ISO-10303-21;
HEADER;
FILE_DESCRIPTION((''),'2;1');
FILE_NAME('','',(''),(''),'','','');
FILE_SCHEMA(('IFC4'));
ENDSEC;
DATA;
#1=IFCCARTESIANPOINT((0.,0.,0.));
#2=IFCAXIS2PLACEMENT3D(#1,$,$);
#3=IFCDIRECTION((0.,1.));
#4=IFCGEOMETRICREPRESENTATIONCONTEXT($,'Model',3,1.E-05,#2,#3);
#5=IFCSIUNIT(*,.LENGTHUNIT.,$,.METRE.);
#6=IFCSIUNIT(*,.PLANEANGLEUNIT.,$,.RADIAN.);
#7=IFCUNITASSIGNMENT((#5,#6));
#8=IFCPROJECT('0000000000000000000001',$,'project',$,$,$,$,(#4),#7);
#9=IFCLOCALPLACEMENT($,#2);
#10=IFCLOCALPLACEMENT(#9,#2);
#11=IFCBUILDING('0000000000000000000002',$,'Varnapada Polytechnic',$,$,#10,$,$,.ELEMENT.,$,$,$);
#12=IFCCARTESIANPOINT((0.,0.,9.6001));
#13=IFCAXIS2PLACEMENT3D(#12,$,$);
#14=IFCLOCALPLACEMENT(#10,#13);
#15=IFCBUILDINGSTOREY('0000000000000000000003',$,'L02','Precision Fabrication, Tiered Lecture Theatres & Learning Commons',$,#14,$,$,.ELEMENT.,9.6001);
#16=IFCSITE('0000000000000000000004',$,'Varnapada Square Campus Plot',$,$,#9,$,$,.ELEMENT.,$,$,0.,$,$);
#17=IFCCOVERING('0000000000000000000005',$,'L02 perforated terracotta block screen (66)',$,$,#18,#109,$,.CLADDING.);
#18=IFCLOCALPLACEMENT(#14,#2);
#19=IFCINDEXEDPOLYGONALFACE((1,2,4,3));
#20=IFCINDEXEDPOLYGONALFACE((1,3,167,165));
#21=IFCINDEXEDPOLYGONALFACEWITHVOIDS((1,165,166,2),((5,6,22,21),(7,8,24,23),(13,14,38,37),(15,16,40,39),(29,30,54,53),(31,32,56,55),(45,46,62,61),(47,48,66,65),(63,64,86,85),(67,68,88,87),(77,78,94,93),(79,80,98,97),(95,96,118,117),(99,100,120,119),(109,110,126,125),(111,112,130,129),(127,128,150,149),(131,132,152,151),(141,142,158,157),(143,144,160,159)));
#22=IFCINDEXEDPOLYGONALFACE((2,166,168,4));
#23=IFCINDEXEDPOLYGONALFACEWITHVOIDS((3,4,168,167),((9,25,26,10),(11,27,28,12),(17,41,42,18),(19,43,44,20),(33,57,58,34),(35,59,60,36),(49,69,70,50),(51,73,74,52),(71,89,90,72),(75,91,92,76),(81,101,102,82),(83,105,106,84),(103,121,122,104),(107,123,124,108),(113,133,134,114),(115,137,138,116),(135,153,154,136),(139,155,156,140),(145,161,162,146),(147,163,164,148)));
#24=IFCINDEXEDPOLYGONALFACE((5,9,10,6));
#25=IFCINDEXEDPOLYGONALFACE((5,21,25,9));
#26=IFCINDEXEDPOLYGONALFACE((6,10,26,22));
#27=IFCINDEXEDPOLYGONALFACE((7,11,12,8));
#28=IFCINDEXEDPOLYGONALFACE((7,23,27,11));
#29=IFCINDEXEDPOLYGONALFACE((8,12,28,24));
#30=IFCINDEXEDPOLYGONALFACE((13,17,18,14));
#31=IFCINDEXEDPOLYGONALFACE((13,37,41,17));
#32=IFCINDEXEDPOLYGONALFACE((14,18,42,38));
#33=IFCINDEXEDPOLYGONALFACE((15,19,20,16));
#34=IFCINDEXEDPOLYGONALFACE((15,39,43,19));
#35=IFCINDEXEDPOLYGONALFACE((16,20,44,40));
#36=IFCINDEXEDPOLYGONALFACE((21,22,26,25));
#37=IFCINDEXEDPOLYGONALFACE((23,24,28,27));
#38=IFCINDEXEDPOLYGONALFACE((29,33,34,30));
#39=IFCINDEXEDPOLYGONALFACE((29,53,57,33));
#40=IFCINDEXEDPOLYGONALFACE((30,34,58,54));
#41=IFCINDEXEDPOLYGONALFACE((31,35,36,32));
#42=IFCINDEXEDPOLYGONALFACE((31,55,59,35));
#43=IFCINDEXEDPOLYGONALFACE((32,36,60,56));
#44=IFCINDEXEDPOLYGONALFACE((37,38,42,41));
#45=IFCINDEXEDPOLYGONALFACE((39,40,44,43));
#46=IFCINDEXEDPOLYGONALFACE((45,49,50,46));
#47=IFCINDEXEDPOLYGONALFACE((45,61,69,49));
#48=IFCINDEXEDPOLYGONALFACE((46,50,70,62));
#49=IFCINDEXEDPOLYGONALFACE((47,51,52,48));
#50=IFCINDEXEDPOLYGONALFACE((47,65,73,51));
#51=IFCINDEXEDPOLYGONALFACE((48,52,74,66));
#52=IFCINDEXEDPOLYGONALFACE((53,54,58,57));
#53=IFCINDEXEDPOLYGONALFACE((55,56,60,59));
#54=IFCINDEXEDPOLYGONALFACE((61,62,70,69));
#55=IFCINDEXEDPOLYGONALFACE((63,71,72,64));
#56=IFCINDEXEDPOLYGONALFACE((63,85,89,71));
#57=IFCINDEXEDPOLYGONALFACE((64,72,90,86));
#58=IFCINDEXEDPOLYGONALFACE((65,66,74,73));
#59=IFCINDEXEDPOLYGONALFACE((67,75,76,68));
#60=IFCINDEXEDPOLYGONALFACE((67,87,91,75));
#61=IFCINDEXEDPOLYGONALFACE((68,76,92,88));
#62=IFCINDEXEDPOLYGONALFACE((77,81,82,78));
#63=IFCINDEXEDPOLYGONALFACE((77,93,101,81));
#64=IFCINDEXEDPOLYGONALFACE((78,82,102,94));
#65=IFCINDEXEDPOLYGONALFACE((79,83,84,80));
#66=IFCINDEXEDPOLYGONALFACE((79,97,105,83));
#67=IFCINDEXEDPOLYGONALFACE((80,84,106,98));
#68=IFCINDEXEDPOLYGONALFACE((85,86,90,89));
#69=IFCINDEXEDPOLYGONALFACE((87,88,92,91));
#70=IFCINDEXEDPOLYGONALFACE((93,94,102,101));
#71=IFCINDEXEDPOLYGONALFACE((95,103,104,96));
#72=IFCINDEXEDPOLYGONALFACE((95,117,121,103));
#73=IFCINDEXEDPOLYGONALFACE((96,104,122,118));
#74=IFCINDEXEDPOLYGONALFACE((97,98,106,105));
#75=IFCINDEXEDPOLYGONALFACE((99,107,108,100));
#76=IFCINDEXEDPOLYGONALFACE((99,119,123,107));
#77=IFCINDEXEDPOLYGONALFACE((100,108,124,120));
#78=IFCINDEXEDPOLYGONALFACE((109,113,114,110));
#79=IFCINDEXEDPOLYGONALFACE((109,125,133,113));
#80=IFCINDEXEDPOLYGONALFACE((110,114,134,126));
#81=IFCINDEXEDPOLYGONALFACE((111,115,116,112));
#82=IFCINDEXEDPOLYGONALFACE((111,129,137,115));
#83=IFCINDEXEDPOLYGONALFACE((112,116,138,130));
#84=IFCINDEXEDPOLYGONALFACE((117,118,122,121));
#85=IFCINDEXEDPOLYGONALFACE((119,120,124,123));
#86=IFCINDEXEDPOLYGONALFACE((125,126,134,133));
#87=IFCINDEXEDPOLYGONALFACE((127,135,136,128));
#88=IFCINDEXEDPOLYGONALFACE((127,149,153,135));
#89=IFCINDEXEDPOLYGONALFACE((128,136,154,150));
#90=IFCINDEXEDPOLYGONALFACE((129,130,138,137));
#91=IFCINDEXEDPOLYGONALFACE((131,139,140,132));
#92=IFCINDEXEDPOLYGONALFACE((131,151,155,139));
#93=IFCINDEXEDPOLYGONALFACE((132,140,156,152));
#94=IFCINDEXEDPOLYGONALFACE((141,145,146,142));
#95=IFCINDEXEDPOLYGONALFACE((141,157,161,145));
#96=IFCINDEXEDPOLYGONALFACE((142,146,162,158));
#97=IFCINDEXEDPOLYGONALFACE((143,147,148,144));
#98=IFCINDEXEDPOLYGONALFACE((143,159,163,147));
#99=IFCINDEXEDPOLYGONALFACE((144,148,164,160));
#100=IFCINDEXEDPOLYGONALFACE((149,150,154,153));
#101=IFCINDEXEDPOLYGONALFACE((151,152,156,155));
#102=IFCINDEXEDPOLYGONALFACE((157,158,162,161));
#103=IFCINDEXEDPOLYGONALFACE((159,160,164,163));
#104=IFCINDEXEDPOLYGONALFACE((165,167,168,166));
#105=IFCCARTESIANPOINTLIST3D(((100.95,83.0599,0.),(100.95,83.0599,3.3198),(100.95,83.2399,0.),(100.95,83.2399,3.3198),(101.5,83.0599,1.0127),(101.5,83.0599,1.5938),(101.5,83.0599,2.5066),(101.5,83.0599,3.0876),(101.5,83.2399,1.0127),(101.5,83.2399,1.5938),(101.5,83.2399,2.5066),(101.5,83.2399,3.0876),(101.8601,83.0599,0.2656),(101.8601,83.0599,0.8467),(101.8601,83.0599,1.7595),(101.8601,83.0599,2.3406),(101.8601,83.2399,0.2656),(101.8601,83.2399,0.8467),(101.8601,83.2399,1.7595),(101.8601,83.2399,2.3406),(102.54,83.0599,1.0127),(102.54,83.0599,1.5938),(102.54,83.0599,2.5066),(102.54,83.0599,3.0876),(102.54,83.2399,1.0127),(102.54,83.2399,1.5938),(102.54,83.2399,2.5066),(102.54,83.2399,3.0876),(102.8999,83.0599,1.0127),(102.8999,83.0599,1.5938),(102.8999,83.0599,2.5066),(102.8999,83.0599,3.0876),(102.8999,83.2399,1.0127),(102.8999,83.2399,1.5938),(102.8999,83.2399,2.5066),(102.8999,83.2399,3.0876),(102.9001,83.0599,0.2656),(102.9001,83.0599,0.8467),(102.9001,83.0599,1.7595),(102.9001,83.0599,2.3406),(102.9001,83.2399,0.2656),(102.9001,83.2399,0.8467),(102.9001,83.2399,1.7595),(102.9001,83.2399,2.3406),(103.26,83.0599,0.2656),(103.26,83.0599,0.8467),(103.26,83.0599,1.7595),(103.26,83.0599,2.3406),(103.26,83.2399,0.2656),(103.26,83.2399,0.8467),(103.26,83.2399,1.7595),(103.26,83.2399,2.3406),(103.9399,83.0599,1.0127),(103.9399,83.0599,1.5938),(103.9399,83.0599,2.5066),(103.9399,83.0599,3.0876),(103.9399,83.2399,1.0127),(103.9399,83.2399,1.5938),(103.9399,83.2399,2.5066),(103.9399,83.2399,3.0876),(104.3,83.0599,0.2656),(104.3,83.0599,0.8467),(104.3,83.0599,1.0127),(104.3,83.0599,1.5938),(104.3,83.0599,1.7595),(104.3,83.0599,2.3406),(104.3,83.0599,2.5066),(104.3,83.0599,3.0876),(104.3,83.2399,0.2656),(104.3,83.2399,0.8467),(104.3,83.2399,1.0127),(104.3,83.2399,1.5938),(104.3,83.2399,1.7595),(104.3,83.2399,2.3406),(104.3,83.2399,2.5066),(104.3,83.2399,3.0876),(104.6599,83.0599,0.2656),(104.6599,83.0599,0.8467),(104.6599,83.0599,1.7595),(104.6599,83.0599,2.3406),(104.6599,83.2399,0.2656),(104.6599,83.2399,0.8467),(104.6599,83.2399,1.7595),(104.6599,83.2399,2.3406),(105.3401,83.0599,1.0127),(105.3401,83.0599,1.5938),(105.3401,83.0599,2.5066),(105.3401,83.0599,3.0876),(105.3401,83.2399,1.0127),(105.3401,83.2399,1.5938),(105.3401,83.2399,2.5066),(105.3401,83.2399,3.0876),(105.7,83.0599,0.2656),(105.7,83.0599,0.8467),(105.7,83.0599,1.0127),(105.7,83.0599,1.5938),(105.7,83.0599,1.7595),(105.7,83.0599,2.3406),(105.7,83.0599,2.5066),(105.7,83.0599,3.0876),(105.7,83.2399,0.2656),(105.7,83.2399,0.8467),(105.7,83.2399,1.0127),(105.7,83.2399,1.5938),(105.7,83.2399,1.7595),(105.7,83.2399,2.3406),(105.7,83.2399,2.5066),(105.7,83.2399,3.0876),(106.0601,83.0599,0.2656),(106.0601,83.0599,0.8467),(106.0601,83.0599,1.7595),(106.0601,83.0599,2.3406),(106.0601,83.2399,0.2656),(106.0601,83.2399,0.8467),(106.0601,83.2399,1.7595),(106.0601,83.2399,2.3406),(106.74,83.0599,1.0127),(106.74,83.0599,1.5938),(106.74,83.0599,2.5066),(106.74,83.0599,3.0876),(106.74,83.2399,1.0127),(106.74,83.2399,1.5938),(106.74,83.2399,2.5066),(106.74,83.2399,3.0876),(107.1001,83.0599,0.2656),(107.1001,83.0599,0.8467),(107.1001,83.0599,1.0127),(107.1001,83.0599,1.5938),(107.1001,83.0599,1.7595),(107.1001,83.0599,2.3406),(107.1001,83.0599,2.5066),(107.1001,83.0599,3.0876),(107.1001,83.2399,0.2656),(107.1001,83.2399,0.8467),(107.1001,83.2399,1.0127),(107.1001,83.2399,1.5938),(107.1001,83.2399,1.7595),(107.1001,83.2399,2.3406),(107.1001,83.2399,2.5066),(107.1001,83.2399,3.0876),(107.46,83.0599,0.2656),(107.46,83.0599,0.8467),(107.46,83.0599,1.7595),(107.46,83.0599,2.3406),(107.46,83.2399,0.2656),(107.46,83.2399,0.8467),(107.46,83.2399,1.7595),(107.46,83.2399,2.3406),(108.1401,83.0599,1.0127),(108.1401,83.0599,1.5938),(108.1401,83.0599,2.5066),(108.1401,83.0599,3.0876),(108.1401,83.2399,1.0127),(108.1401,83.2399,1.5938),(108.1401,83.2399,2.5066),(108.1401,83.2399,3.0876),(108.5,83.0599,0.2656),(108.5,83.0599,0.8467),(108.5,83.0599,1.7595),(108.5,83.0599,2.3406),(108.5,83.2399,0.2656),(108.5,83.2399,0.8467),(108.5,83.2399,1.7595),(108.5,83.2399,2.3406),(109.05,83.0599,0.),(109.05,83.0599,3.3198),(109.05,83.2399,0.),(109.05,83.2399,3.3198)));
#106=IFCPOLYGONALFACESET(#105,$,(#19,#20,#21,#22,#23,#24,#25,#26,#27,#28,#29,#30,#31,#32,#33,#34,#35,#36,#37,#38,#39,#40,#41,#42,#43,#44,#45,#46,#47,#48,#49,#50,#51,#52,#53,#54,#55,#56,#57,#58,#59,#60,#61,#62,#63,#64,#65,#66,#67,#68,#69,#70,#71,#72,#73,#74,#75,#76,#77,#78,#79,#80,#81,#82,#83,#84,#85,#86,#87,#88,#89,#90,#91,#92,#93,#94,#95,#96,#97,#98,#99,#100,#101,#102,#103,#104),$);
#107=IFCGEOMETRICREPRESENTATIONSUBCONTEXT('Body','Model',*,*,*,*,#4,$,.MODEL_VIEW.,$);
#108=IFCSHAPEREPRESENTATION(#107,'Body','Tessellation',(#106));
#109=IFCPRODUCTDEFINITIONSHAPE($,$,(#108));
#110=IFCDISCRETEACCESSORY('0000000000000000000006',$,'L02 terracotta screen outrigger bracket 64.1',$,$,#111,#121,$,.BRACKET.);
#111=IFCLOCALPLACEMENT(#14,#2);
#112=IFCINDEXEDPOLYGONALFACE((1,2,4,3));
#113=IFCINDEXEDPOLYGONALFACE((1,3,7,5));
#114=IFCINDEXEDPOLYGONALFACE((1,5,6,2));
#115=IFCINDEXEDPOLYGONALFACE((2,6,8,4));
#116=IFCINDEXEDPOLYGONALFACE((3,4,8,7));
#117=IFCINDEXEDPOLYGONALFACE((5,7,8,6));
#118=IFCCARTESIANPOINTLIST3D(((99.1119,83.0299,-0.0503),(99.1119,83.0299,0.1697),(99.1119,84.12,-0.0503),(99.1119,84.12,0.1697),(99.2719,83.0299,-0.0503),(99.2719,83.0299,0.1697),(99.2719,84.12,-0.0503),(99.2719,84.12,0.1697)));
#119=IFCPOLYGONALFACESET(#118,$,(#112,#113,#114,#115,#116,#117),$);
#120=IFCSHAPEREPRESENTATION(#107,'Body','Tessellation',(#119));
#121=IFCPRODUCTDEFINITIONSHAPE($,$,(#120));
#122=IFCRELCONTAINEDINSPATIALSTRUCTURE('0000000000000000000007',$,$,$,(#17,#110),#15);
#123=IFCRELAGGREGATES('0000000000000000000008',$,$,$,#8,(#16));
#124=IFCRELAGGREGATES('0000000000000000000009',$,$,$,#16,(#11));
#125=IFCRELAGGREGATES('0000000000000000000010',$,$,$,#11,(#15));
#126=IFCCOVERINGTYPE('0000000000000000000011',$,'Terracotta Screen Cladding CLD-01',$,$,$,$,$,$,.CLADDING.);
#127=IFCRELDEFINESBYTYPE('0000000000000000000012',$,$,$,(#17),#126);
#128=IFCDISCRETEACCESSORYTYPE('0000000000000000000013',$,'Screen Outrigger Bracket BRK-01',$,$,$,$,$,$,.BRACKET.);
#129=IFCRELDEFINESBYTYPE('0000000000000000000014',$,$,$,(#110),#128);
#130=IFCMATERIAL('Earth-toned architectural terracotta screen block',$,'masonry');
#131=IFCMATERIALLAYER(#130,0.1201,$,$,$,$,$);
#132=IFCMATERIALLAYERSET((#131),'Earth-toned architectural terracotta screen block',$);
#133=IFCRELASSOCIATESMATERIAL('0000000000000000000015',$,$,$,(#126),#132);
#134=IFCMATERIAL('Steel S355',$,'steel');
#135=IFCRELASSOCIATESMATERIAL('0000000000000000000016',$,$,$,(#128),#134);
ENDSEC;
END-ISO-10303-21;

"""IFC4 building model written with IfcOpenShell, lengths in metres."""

from ifc_helpers import new_model, si_unit, direction, frame, frame_2d, origin, origin_2d, place, context, subcontext, project, spatial, rectangle, extrude, material, layer, layer_set, type_object, element, save


model = new_model("IFC4")

# Units and contexts
model_context = context("Model", 3, precision=1e-05, world=origin(), true_north=direction((0.0, 1.0)))
body_context = subcontext(model_context, "Body", "Model", "MODEL_VIEW")
ifc_project = project(units=[si_unit("LENGTHUNIT", "METRE"), si_unit("PLANEANGLEUNIT", "RADIAN")], contexts=[model_context])

# Site, building, storey
site_placement = place(None, origin())
site = spatial("IfcSite", under=ifc_project, at=site_placement, Name="Varnapada Square Campus Plot", CompositionType="ELEMENT", RefElevation=0.0)
building_placement = place(site_placement, origin())
building = spatial("IfcBuilding", under=site, at=building_placement, Name="Varnapada Polytechnic", CompositionType="ELEMENT")
storey_placement = place(building_placement, frame((0.0, 0.0, 9.6001)))
storey = spatial("IfcBuildingStorey", under=building, at=storey_placement, Name="L02", Description="Precision Fabrication, Tiered Lecture Theatres & Learning Commons", CompositionType="ELEMENT", Elevation=9.6001)

# Covering, openings
ifc_material_1 = material(Name="Earth-toned architectural terracotta screen block", Category="masonry")
ifc_layer = layer(ifc_material_1, 0.1201)
ifc_layer_set = layer_set([ifc_layer], Name="Earth-toned architectural terracotta screen block")
covering_type = type_object("IfcCoveringType", Name="Terracotta Screen Cladding CLD-01", PredefinedType="CLADDING", material=ifc_layer_set)
covering_placement = place(storey_placement, frame((109.05, 83.1499, 0.0), z_axis=(0.0, 0.0, 1.0), x_axis=(-1.0, 0.0, 0.0)))
covering = element("IfcCovering", 1, at=covering_placement, inside=storey, type_object=covering_type, Name="L02 perforated terracotta block screen (66)", PredefinedType="CLADDING", context=body_context, shape_type="SweptSolid", body=[
    extrude(rectangle(XDim=8.1001, YDim=0.1799, at=frame_2d((4.05, 0.0))), origin(), (0.0, 0.0, 1.0), 3.3198),
])
opening_1_placement = place(covering_placement, frame((0.55, 0.0, 0.2656)))
element("IfcOpeningElement", 2, at=opening_1_placement, cuts=covering, PredefinedType="OPENING", context=body_context, shape_type="SweptSolid", body=[
    extrude(rectangle(XDim=1.04, YDim=0.5811, at=frame_2d((0.52, 0.2905))), frame((0.0, 0.0999, 0.0), z_axis=(0.0, -1.0, 0.0), x_axis=(1.0, 0.0, 0.0)), (0.0, 0.0, 1.0), 0.2),
])
opening_2_placement = place(covering_placement, frame((1.95, 0.0, 0.2656)))
element("IfcOpeningElement", 3, at=opening_2_placement, cuts=covering, PredefinedType="OPENING", context=body_context, shape_type="SweptSolid", body=[
    extrude(rectangle(XDim=1.04, YDim=0.5811, at=frame_2d((0.52, 0.2905))), frame((0.0, 0.0999, 0.0), z_axis=(0.0, -1.0, 0.0), x_axis=(1.0, 0.0, 0.0)), (0.0, 0.0, 1.0), 0.2),
])
opening_3_placement = place(covering_placement, frame((3.3501, 0.0, 0.2656)))
element("IfcOpeningElement", 4, at=opening_3_placement, cuts=covering, PredefinedType="OPENING", context=body_context, shape_type="SweptSolid", body=[
    extrude(rectangle(XDim=1.04, YDim=0.5811, at=frame_2d((0.52, 0.2905))), frame((0.0, 0.0999, 0.0), z_axis=(0.0, -1.0, 0.0), x_axis=(1.0, 0.0, 0.0)), (0.0, 0.0, 1.0), 0.2),
])
opening_4_placement = place(covering_placement, frame((4.75, 0.0, 0.2656)))
element("IfcOpeningElement", 5, at=opening_4_placement, cuts=covering, PredefinedType="OPENING", context=body_context, shape_type="SweptSolid", body=[
    extrude(rectangle(XDim=1.04, YDim=0.5811, at=frame_2d((0.52, 0.2905))), frame((0.0, 0.0999, 0.0), z_axis=(0.0, -1.0, 0.0), x_axis=(1.0, 0.0, 0.0)), (0.0, 0.0, 1.0), 0.2),
])
opening_5_placement = place(covering_placement, frame((6.1499, 0.0, 0.2656)))
element("IfcOpeningElement", 6, at=opening_5_placement, cuts=covering, PredefinedType="OPENING", context=body_context, shape_type="SweptSolid", body=[
    extrude(rectangle(XDim=1.04, YDim=0.5811, at=frame_2d((0.52, 0.2905))), frame((0.0, 0.0999, 0.0), z_axis=(0.0, -1.0, 0.0), x_axis=(1.0, 0.0, 0.0)), (0.0, 0.0, 1.0), 0.2),
])
opening_6_placement = place(covering_placement, frame((0.9099, 0.0, 1.0127)))
element("IfcOpeningElement", 7, at=opening_6_placement, cuts=covering, PredefinedType="OPENING", context=body_context, shape_type="SweptSolid", body=[
    extrude(rectangle(XDim=1.04, YDim=0.5811, at=frame_2d((0.52, 0.2905))), frame((0.0, 0.0999, 0.0), z_axis=(0.0, -1.0, 0.0), x_axis=(1.0, 0.0, 0.0)), (0.0, 0.0, 1.0), 0.2),
])
opening_7_placement = place(covering_placement, frame((2.3101, 0.0, 1.0127)))
element("IfcOpeningElement", 8, at=opening_7_placement, cuts=covering, PredefinedType="OPENING", context=body_context, shape_type="SweptSolid", body=[
    extrude(rectangle(XDim=1.04, YDim=0.5811, at=frame_2d((0.52, 0.2905))), frame((0.0, 0.0999, 0.0), z_axis=(0.0, -1.0, 0.0), x_axis=(1.0, 0.0, 0.0)), (0.0, 0.0, 1.0), 0.2),
])
opening_8_placement = place(covering_placement, frame((3.71, 0.0, 1.0127)))
element("IfcOpeningElement", 9, at=opening_8_placement, cuts=covering, PredefinedType="OPENING", context=body_context, shape_type="SweptSolid", body=[
    extrude(rectangle(XDim=1.04, YDim=0.5811, at=frame_2d((0.52, 0.2905))), frame((0.0, 0.0999, 0.0), z_axis=(0.0, -1.0, 0.0), x_axis=(1.0, 0.0, 0.0)), (0.0, 0.0, 1.0), 0.2),
])
opening_9_placement = place(covering_placement, frame((5.1101, 0.0, 1.0127)))
element("IfcOpeningElement", 10, at=opening_9_placement, cuts=covering, PredefinedType="OPENING", context=body_context, shape_type="SweptSolid", body=[
    extrude(rectangle(XDim=1.04, YDim=0.5811, at=frame_2d((0.52, 0.2905))), frame((0.0, 0.0999, 0.0), z_axis=(0.0, -1.0, 0.0), x_axis=(1.0, 0.0, 0.0)), (0.0, 0.0, 1.0), 0.2),
])
opening_10_placement = place(covering_placement, frame((6.51, 0.0, 1.0127)))
element("IfcOpeningElement", 11, at=opening_10_placement, cuts=covering, PredefinedType="OPENING", context=body_context, shape_type="SweptSolid", body=[
    extrude(rectangle(XDim=1.04, YDim=0.5811, at=frame_2d((0.52, 0.2905))), frame((0.0, 0.0999, 0.0), z_axis=(0.0, -1.0, 0.0), x_axis=(1.0, 0.0, 0.0)), (0.0, 0.0, 1.0), 0.2),
])
opening_11_placement = place(covering_placement, frame((0.55, 0.0, 1.7595)))
element("IfcOpeningElement", 12, at=opening_11_placement, cuts=covering, PredefinedType="OPENING", context=body_context, shape_type="SweptSolid", body=[
    extrude(rectangle(XDim=1.04, YDim=0.5811, at=frame_2d((0.52, 0.2905))), frame((0.0, 0.0999, 0.0), z_axis=(0.0, -1.0, 0.0), x_axis=(1.0, 0.0, 0.0)), (0.0, 0.0, 1.0), 0.2),
])
opening_12_placement = place(covering_placement, frame((1.95, 0.0, 1.7595)))
element("IfcOpeningElement", 13, at=opening_12_placement, cuts=covering, PredefinedType="OPENING", context=body_context, shape_type="SweptSolid", body=[
    extrude(rectangle(XDim=1.04, YDim=0.5811, at=frame_2d((0.52, 0.2905))), frame((0.0, 0.0999, 0.0), z_axis=(0.0, -1.0, 0.0), x_axis=(1.0, 0.0, 0.0)), (0.0, 0.0, 1.0), 0.2),
])
opening_13_placement = place(covering_placement, frame((3.3501, 0.0, 1.7595)))
element("IfcOpeningElement", 14, at=opening_13_placement, cuts=covering, PredefinedType="OPENING", context=body_context, shape_type="SweptSolid", body=[
    extrude(rectangle(XDim=1.04, YDim=0.5811, at=frame_2d((0.52, 0.2905))), frame((0.0, 0.0999, 0.0), z_axis=(0.0, -1.0, 0.0), x_axis=(1.0, 0.0, 0.0)), (0.0, 0.0, 1.0), 0.2),
])
opening_14_placement = place(covering_placement, frame((4.75, 0.0, 1.7595)))
element("IfcOpeningElement", 15, at=opening_14_placement, cuts=covering, PredefinedType="OPENING", context=body_context, shape_type="SweptSolid", body=[
    extrude(rectangle(XDim=1.04, YDim=0.5811, at=frame_2d((0.52, 0.2905))), frame((0.0, 0.0999, 0.0), z_axis=(0.0, -1.0, 0.0), x_axis=(1.0, 0.0, 0.0)), (0.0, 0.0, 1.0), 0.2),
])
opening_15_placement = place(covering_placement, frame((6.1499, 0.0, 1.7595)))
element("IfcOpeningElement", 16, at=opening_15_placement, cuts=covering, PredefinedType="OPENING", context=body_context, shape_type="SweptSolid", body=[
    extrude(rectangle(XDim=1.04, YDim=0.5811, at=frame_2d((0.52, 0.2905))), frame((0.0, 0.0999, 0.0), z_axis=(0.0, -1.0, 0.0), x_axis=(1.0, 0.0, 0.0)), (0.0, 0.0, 1.0), 0.2),
])
opening_16_placement = place(covering_placement, frame((0.9099, 0.0, 2.5066)))
element("IfcOpeningElement", 17, at=opening_16_placement, cuts=covering, PredefinedType="OPENING", context=body_context, shape_type="SweptSolid", body=[
    extrude(rectangle(XDim=1.04, YDim=0.5811, at=frame_2d((0.52, 0.2905))), frame((0.0, 0.0999, 0.0), z_axis=(0.0, -1.0, 0.0), x_axis=(1.0, 0.0, 0.0)), (0.0, 0.0, 1.0), 0.2),
])
opening_17_placement = place(covering_placement, frame((2.3101, 0.0, 2.5066)))
element("IfcOpeningElement", 18, at=opening_17_placement, cuts=covering, PredefinedType="OPENING", context=body_context, shape_type="SweptSolid", body=[
    extrude(rectangle(XDim=1.04, YDim=0.5811, at=frame_2d((0.52, 0.2905))), frame((0.0, 0.0999, 0.0), z_axis=(0.0, -1.0, 0.0), x_axis=(1.0, 0.0, 0.0)), (0.0, 0.0, 1.0), 0.2),
])
opening_18_placement = place(covering_placement, frame((3.71, 0.0, 2.5066)))
element("IfcOpeningElement", 19, at=opening_18_placement, cuts=covering, PredefinedType="OPENING", context=body_context, shape_type="SweptSolid", body=[
    extrude(rectangle(XDim=1.04, YDim=0.5811, at=frame_2d((0.52, 0.2905))), frame((0.0, 0.0999, 0.0), z_axis=(0.0, -1.0, 0.0), x_axis=(1.0, 0.0, 0.0)), (0.0, 0.0, 1.0), 0.2),
])
opening_19_placement = place(covering_placement, frame((5.1101, 0.0, 2.5066)))
element("IfcOpeningElement", 20, at=opening_19_placement, cuts=covering, PredefinedType="OPENING", context=body_context, shape_type="SweptSolid", body=[
    extrude(rectangle(XDim=1.04, YDim=0.5811, at=frame_2d((0.52, 0.2905))), frame((0.0, 0.0999, 0.0), z_axis=(0.0, -1.0, 0.0), x_axis=(1.0, 0.0, 0.0)), (0.0, 0.0, 1.0), 0.2),
])
opening_20_placement = place(covering_placement, frame((6.51, 0.0, 2.5066)))
element("IfcOpeningElement", 21, at=opening_20_placement, cuts=covering, PredefinedType="OPENING", context=body_context, shape_type="SweptSolid", body=[
    extrude(rectangle(XDim=1.04, YDim=0.5811, at=frame_2d((0.52, 0.2905))), frame((0.0, 0.0999, 0.0), z_axis=(0.0, -1.0, 0.0), x_axis=(1.0, 0.0, 0.0)), (0.0, 0.0, 1.0), 0.2),
])

# Discrete accessory
ifc_material_2 = material(Name="Steel S355", Category="steel")
discrete_accessory_type = type_object("IfcDiscreteAccessoryType", Name="Screen Outrigger Bracket BRK-01", PredefinedType="BRACKET", material=ifc_material_2)
for number, where, z_axis, x_axis, name in (
    (22, (99.1919, 83.575, -0.0503), (0.0, 0.0, 1.0), (-1.0, 0.0, 0.0), "L02 terracotta screen outrigger bracket 64.1"),
):
    element("IfcDiscreteAccessory", number, at=place(storey_placement, frame(where, z_axis=z_axis, x_axis=x_axis)), inside=storey, type_object=discrete_accessory_type, Name=name, PredefinedType="BRACKET", context=body_context, shape_type="SweptSolid", body=[
        extrude(rectangle(XDim=0.1599, YDim=1.0901, at=origin_2d()), origin(), (0.0, 0.0, 1.0), 0.22),
    ])

save(model, "model.ifc")
